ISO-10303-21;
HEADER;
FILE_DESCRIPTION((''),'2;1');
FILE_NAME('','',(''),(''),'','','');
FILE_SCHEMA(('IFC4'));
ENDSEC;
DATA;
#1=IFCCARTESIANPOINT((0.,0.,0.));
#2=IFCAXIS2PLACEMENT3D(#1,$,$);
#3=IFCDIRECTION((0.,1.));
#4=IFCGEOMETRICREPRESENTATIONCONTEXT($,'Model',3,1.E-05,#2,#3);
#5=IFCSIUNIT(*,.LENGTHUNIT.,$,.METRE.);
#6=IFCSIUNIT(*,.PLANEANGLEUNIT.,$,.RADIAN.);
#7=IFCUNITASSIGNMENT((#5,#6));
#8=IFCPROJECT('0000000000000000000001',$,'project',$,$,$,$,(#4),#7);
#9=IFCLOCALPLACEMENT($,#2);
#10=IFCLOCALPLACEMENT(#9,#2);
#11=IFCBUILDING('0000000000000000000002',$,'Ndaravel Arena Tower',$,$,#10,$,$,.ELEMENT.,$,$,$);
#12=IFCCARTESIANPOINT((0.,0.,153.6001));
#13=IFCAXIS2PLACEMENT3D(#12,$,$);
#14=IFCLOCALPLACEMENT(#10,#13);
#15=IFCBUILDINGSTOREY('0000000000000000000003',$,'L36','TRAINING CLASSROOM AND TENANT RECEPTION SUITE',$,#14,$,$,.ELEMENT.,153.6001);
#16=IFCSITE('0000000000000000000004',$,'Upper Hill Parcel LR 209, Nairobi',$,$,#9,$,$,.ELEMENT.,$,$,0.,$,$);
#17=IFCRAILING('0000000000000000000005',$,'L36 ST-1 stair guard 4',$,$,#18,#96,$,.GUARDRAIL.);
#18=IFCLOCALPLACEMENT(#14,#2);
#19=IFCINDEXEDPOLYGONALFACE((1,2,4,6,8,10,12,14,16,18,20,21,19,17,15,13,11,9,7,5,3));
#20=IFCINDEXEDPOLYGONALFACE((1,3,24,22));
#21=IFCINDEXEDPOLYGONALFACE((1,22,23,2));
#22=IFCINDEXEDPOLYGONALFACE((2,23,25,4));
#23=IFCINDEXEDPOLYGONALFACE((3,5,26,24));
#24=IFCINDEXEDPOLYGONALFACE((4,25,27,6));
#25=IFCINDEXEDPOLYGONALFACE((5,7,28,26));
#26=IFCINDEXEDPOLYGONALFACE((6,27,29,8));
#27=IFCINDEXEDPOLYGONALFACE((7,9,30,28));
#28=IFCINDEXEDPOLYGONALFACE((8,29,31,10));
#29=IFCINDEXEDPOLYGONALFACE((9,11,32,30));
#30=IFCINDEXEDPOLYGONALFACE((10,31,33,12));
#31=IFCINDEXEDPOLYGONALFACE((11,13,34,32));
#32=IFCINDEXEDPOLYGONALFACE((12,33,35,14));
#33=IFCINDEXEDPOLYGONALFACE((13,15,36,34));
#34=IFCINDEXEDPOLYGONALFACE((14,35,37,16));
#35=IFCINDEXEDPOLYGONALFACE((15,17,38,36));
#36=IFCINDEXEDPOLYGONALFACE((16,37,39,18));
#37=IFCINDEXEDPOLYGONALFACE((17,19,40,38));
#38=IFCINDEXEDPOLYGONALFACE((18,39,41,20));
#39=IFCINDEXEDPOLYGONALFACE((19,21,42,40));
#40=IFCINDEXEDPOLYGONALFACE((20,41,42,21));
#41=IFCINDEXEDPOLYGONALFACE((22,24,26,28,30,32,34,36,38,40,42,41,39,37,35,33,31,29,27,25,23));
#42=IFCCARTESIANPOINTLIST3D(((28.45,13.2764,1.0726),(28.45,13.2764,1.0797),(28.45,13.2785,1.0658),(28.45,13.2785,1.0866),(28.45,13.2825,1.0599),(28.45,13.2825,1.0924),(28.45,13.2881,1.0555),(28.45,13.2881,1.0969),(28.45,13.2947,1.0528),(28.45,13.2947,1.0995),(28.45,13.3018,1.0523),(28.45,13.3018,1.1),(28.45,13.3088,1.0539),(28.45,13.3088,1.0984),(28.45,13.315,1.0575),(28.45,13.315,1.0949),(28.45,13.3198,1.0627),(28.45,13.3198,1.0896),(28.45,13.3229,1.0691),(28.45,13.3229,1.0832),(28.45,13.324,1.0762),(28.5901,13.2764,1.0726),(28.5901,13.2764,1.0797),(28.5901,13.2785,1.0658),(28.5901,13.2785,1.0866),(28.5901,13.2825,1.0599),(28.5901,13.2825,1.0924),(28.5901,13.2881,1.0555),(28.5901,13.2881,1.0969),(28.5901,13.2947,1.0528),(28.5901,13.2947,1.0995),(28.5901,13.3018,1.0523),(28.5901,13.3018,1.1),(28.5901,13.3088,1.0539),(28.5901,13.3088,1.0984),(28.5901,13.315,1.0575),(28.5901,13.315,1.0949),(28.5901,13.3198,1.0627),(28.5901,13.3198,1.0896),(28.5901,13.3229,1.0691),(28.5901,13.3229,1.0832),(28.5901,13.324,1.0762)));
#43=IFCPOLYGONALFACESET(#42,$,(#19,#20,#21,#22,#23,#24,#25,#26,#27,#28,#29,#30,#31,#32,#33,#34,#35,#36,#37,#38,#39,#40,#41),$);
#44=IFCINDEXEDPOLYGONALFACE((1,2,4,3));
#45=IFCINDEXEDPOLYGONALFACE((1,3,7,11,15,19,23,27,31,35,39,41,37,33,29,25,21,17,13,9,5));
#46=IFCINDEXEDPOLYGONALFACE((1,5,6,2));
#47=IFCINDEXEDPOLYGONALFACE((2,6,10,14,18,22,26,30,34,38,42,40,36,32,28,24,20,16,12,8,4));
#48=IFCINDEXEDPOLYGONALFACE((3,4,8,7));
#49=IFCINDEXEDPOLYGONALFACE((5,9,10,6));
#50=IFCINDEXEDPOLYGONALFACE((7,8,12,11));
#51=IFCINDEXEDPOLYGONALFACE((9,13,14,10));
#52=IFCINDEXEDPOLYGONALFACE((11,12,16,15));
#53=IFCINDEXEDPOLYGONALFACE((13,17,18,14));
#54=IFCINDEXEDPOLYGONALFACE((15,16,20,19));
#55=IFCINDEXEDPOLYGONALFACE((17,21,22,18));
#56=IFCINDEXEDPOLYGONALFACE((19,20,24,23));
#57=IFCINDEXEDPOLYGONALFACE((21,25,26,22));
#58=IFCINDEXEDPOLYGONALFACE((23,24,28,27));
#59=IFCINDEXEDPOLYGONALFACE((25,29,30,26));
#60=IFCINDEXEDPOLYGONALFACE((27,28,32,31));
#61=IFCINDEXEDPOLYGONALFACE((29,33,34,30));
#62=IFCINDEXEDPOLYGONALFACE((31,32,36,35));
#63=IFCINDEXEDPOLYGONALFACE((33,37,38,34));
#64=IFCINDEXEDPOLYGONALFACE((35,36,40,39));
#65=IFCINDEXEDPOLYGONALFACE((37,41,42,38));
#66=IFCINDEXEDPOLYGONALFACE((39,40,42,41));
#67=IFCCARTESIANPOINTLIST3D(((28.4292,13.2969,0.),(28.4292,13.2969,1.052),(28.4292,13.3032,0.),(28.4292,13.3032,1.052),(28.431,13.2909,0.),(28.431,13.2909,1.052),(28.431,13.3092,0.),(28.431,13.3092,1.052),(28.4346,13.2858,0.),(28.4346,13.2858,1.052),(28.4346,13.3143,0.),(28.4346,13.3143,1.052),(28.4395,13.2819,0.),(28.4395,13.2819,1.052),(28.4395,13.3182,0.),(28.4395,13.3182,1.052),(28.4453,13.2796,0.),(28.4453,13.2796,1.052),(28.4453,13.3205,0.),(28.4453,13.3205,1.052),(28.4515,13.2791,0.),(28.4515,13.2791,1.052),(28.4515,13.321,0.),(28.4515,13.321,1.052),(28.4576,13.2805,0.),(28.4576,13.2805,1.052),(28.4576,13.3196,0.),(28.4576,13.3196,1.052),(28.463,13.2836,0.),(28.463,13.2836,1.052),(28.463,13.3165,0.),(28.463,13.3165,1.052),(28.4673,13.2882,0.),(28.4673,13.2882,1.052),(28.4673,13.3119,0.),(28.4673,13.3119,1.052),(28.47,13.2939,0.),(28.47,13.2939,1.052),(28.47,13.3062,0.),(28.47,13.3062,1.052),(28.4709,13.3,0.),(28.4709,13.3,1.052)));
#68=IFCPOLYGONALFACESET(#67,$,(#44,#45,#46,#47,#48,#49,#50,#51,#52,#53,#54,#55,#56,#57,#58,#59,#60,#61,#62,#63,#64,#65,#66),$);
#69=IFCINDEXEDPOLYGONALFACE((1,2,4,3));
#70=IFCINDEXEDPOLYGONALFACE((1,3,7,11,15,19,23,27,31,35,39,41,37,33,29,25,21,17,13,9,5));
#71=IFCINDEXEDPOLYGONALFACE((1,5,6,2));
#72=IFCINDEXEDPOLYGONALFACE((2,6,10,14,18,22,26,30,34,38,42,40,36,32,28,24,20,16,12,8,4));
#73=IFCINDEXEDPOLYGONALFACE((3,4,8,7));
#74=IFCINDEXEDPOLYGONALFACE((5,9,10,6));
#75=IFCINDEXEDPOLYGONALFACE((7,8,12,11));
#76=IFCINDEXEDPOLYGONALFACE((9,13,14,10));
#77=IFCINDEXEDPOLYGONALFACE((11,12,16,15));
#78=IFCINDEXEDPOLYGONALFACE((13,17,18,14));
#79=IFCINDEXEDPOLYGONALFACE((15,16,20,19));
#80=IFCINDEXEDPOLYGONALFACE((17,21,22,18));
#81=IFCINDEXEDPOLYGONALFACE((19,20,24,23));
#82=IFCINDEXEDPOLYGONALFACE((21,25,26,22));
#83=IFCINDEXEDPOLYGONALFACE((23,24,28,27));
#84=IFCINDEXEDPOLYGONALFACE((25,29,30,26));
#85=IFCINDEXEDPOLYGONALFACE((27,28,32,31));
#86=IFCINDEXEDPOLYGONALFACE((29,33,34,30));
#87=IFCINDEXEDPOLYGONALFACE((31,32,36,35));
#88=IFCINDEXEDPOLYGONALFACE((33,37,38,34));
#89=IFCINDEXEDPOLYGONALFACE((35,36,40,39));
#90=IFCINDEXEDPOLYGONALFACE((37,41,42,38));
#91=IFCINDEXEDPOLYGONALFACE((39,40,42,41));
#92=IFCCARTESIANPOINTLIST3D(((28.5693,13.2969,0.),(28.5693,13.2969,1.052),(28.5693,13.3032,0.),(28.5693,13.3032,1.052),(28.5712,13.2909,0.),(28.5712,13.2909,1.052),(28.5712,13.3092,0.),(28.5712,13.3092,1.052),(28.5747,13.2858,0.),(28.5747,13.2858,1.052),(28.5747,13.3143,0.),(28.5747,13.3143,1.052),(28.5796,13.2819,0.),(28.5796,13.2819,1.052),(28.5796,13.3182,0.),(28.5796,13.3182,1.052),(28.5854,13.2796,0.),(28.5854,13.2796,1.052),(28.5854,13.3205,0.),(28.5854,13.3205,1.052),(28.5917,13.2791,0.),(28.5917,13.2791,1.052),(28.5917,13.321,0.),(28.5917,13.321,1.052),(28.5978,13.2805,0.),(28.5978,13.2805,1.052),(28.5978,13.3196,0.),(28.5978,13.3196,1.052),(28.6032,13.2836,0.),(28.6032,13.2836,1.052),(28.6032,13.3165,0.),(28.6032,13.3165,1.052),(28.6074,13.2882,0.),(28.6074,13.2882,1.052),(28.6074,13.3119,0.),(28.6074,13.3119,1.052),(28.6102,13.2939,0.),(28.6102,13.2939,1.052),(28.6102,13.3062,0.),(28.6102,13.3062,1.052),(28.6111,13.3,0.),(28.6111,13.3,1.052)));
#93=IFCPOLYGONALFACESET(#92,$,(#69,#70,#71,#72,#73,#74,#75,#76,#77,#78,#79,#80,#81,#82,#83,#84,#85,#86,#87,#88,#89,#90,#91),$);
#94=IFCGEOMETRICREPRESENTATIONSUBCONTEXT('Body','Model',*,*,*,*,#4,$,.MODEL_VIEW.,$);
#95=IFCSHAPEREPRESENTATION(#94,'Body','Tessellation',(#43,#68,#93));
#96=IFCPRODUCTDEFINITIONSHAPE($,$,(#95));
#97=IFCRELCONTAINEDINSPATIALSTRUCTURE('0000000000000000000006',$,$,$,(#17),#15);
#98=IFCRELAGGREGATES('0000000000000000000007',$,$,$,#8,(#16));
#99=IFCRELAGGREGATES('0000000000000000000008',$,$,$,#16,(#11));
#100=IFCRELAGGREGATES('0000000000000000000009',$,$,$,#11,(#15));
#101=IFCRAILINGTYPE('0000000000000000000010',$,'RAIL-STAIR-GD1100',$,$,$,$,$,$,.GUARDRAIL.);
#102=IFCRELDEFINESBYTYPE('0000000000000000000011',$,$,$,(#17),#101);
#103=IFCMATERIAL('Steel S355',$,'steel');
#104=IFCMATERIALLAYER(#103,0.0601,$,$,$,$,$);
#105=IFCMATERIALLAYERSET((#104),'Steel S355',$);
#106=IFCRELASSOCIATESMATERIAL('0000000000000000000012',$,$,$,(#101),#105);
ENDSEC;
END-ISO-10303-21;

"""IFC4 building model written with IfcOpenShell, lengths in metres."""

from ifc_helpers import new_model, si_unit, direction, frame, origin, origin_2d, place, context, subcontext, project, spatial, circle, extrude, material, layer, layer_set, type_object, element, save


model = new_model("IFC4")

# Units and contexts
model_context = context("Model", 3, precision=1e-05, world=origin(), true_north=direction((0.0, 1.0)))
body_context = subcontext(model_context, "Body", "Model", "MODEL_VIEW")
ifc_project = project(units=[si_unit("LENGTHUNIT", "METRE"), si_unit("PLANEANGLEUNIT", "RADIAN")], contexts=[model_context])

# Site, building, storey
site_placement = place(None, origin())
site = spatial("IfcSite", under=ifc_project, at=site_placement, Name="Upper Hill Parcel LR 209, Nairobi", CompositionType="ELEMENT", RefElevation=0.0)
building_placement = place(site_placement, origin())
building = spatial("IfcBuilding", under=site, at=building_placement, Name="Ndaravel Arena Tower", CompositionType="ELEMENT")
storey_placement = place(building_placement, frame((0.0, 0.0, 153.6001)))
storey = spatial("IfcBuildingStorey", under=building, at=storey_placement, Name="L36", Description="TRAINING CLASSROOM AND TENANT RECEPTION SUITE", CompositionType="ELEMENT", Elevation=153.6001)

# Railing
ifc_material_1 = material(Name="Steel S355", Category="steel")
ifc_layer_1 = layer(ifc_material_1, 0.0601)
ifc_layer_set_1 = layer_set([ifc_layer_1], Name="Steel S355")
railing_type_1 = type_object("IfcRailingType", Name="RAIL-STAIR-GD1100", PredefinedType="GUARDRAIL", material=ifc_layer_set_1)
railing_1_placement = place(storey_placement, frame((28.45, 13.3, 0.0)))
element("IfcRailing", 1, at=railing_1_placement, inside=storey, type_object=railing_type_1, Name="L36 ST-1 stair guard 4", PredefinedType="GUARDRAIL", context=body_context, shape_type="SweptSolid", body=[
    extrude(circle(Radius=0.0239, at=origin_2d()), frame((0.0, 0.0, 1.0762), z_axis=(1.0, 0.0, 0.0), x_axis=(0.0, 1.0, 0.0)), (0.0, 0.0, 1.0), 0.1401),
    extrude(circle(Radius=0.021, at=origin_2d()), origin(), (0.0, 0.0, 1.0), 1.052),
    extrude(circle(Radius=0.021, at=origin_2d()), frame((0.1401, 0.0, 0.0)), (0.0, 0.0, 1.0), 1.052),
])

save(model, "model.ifc")
